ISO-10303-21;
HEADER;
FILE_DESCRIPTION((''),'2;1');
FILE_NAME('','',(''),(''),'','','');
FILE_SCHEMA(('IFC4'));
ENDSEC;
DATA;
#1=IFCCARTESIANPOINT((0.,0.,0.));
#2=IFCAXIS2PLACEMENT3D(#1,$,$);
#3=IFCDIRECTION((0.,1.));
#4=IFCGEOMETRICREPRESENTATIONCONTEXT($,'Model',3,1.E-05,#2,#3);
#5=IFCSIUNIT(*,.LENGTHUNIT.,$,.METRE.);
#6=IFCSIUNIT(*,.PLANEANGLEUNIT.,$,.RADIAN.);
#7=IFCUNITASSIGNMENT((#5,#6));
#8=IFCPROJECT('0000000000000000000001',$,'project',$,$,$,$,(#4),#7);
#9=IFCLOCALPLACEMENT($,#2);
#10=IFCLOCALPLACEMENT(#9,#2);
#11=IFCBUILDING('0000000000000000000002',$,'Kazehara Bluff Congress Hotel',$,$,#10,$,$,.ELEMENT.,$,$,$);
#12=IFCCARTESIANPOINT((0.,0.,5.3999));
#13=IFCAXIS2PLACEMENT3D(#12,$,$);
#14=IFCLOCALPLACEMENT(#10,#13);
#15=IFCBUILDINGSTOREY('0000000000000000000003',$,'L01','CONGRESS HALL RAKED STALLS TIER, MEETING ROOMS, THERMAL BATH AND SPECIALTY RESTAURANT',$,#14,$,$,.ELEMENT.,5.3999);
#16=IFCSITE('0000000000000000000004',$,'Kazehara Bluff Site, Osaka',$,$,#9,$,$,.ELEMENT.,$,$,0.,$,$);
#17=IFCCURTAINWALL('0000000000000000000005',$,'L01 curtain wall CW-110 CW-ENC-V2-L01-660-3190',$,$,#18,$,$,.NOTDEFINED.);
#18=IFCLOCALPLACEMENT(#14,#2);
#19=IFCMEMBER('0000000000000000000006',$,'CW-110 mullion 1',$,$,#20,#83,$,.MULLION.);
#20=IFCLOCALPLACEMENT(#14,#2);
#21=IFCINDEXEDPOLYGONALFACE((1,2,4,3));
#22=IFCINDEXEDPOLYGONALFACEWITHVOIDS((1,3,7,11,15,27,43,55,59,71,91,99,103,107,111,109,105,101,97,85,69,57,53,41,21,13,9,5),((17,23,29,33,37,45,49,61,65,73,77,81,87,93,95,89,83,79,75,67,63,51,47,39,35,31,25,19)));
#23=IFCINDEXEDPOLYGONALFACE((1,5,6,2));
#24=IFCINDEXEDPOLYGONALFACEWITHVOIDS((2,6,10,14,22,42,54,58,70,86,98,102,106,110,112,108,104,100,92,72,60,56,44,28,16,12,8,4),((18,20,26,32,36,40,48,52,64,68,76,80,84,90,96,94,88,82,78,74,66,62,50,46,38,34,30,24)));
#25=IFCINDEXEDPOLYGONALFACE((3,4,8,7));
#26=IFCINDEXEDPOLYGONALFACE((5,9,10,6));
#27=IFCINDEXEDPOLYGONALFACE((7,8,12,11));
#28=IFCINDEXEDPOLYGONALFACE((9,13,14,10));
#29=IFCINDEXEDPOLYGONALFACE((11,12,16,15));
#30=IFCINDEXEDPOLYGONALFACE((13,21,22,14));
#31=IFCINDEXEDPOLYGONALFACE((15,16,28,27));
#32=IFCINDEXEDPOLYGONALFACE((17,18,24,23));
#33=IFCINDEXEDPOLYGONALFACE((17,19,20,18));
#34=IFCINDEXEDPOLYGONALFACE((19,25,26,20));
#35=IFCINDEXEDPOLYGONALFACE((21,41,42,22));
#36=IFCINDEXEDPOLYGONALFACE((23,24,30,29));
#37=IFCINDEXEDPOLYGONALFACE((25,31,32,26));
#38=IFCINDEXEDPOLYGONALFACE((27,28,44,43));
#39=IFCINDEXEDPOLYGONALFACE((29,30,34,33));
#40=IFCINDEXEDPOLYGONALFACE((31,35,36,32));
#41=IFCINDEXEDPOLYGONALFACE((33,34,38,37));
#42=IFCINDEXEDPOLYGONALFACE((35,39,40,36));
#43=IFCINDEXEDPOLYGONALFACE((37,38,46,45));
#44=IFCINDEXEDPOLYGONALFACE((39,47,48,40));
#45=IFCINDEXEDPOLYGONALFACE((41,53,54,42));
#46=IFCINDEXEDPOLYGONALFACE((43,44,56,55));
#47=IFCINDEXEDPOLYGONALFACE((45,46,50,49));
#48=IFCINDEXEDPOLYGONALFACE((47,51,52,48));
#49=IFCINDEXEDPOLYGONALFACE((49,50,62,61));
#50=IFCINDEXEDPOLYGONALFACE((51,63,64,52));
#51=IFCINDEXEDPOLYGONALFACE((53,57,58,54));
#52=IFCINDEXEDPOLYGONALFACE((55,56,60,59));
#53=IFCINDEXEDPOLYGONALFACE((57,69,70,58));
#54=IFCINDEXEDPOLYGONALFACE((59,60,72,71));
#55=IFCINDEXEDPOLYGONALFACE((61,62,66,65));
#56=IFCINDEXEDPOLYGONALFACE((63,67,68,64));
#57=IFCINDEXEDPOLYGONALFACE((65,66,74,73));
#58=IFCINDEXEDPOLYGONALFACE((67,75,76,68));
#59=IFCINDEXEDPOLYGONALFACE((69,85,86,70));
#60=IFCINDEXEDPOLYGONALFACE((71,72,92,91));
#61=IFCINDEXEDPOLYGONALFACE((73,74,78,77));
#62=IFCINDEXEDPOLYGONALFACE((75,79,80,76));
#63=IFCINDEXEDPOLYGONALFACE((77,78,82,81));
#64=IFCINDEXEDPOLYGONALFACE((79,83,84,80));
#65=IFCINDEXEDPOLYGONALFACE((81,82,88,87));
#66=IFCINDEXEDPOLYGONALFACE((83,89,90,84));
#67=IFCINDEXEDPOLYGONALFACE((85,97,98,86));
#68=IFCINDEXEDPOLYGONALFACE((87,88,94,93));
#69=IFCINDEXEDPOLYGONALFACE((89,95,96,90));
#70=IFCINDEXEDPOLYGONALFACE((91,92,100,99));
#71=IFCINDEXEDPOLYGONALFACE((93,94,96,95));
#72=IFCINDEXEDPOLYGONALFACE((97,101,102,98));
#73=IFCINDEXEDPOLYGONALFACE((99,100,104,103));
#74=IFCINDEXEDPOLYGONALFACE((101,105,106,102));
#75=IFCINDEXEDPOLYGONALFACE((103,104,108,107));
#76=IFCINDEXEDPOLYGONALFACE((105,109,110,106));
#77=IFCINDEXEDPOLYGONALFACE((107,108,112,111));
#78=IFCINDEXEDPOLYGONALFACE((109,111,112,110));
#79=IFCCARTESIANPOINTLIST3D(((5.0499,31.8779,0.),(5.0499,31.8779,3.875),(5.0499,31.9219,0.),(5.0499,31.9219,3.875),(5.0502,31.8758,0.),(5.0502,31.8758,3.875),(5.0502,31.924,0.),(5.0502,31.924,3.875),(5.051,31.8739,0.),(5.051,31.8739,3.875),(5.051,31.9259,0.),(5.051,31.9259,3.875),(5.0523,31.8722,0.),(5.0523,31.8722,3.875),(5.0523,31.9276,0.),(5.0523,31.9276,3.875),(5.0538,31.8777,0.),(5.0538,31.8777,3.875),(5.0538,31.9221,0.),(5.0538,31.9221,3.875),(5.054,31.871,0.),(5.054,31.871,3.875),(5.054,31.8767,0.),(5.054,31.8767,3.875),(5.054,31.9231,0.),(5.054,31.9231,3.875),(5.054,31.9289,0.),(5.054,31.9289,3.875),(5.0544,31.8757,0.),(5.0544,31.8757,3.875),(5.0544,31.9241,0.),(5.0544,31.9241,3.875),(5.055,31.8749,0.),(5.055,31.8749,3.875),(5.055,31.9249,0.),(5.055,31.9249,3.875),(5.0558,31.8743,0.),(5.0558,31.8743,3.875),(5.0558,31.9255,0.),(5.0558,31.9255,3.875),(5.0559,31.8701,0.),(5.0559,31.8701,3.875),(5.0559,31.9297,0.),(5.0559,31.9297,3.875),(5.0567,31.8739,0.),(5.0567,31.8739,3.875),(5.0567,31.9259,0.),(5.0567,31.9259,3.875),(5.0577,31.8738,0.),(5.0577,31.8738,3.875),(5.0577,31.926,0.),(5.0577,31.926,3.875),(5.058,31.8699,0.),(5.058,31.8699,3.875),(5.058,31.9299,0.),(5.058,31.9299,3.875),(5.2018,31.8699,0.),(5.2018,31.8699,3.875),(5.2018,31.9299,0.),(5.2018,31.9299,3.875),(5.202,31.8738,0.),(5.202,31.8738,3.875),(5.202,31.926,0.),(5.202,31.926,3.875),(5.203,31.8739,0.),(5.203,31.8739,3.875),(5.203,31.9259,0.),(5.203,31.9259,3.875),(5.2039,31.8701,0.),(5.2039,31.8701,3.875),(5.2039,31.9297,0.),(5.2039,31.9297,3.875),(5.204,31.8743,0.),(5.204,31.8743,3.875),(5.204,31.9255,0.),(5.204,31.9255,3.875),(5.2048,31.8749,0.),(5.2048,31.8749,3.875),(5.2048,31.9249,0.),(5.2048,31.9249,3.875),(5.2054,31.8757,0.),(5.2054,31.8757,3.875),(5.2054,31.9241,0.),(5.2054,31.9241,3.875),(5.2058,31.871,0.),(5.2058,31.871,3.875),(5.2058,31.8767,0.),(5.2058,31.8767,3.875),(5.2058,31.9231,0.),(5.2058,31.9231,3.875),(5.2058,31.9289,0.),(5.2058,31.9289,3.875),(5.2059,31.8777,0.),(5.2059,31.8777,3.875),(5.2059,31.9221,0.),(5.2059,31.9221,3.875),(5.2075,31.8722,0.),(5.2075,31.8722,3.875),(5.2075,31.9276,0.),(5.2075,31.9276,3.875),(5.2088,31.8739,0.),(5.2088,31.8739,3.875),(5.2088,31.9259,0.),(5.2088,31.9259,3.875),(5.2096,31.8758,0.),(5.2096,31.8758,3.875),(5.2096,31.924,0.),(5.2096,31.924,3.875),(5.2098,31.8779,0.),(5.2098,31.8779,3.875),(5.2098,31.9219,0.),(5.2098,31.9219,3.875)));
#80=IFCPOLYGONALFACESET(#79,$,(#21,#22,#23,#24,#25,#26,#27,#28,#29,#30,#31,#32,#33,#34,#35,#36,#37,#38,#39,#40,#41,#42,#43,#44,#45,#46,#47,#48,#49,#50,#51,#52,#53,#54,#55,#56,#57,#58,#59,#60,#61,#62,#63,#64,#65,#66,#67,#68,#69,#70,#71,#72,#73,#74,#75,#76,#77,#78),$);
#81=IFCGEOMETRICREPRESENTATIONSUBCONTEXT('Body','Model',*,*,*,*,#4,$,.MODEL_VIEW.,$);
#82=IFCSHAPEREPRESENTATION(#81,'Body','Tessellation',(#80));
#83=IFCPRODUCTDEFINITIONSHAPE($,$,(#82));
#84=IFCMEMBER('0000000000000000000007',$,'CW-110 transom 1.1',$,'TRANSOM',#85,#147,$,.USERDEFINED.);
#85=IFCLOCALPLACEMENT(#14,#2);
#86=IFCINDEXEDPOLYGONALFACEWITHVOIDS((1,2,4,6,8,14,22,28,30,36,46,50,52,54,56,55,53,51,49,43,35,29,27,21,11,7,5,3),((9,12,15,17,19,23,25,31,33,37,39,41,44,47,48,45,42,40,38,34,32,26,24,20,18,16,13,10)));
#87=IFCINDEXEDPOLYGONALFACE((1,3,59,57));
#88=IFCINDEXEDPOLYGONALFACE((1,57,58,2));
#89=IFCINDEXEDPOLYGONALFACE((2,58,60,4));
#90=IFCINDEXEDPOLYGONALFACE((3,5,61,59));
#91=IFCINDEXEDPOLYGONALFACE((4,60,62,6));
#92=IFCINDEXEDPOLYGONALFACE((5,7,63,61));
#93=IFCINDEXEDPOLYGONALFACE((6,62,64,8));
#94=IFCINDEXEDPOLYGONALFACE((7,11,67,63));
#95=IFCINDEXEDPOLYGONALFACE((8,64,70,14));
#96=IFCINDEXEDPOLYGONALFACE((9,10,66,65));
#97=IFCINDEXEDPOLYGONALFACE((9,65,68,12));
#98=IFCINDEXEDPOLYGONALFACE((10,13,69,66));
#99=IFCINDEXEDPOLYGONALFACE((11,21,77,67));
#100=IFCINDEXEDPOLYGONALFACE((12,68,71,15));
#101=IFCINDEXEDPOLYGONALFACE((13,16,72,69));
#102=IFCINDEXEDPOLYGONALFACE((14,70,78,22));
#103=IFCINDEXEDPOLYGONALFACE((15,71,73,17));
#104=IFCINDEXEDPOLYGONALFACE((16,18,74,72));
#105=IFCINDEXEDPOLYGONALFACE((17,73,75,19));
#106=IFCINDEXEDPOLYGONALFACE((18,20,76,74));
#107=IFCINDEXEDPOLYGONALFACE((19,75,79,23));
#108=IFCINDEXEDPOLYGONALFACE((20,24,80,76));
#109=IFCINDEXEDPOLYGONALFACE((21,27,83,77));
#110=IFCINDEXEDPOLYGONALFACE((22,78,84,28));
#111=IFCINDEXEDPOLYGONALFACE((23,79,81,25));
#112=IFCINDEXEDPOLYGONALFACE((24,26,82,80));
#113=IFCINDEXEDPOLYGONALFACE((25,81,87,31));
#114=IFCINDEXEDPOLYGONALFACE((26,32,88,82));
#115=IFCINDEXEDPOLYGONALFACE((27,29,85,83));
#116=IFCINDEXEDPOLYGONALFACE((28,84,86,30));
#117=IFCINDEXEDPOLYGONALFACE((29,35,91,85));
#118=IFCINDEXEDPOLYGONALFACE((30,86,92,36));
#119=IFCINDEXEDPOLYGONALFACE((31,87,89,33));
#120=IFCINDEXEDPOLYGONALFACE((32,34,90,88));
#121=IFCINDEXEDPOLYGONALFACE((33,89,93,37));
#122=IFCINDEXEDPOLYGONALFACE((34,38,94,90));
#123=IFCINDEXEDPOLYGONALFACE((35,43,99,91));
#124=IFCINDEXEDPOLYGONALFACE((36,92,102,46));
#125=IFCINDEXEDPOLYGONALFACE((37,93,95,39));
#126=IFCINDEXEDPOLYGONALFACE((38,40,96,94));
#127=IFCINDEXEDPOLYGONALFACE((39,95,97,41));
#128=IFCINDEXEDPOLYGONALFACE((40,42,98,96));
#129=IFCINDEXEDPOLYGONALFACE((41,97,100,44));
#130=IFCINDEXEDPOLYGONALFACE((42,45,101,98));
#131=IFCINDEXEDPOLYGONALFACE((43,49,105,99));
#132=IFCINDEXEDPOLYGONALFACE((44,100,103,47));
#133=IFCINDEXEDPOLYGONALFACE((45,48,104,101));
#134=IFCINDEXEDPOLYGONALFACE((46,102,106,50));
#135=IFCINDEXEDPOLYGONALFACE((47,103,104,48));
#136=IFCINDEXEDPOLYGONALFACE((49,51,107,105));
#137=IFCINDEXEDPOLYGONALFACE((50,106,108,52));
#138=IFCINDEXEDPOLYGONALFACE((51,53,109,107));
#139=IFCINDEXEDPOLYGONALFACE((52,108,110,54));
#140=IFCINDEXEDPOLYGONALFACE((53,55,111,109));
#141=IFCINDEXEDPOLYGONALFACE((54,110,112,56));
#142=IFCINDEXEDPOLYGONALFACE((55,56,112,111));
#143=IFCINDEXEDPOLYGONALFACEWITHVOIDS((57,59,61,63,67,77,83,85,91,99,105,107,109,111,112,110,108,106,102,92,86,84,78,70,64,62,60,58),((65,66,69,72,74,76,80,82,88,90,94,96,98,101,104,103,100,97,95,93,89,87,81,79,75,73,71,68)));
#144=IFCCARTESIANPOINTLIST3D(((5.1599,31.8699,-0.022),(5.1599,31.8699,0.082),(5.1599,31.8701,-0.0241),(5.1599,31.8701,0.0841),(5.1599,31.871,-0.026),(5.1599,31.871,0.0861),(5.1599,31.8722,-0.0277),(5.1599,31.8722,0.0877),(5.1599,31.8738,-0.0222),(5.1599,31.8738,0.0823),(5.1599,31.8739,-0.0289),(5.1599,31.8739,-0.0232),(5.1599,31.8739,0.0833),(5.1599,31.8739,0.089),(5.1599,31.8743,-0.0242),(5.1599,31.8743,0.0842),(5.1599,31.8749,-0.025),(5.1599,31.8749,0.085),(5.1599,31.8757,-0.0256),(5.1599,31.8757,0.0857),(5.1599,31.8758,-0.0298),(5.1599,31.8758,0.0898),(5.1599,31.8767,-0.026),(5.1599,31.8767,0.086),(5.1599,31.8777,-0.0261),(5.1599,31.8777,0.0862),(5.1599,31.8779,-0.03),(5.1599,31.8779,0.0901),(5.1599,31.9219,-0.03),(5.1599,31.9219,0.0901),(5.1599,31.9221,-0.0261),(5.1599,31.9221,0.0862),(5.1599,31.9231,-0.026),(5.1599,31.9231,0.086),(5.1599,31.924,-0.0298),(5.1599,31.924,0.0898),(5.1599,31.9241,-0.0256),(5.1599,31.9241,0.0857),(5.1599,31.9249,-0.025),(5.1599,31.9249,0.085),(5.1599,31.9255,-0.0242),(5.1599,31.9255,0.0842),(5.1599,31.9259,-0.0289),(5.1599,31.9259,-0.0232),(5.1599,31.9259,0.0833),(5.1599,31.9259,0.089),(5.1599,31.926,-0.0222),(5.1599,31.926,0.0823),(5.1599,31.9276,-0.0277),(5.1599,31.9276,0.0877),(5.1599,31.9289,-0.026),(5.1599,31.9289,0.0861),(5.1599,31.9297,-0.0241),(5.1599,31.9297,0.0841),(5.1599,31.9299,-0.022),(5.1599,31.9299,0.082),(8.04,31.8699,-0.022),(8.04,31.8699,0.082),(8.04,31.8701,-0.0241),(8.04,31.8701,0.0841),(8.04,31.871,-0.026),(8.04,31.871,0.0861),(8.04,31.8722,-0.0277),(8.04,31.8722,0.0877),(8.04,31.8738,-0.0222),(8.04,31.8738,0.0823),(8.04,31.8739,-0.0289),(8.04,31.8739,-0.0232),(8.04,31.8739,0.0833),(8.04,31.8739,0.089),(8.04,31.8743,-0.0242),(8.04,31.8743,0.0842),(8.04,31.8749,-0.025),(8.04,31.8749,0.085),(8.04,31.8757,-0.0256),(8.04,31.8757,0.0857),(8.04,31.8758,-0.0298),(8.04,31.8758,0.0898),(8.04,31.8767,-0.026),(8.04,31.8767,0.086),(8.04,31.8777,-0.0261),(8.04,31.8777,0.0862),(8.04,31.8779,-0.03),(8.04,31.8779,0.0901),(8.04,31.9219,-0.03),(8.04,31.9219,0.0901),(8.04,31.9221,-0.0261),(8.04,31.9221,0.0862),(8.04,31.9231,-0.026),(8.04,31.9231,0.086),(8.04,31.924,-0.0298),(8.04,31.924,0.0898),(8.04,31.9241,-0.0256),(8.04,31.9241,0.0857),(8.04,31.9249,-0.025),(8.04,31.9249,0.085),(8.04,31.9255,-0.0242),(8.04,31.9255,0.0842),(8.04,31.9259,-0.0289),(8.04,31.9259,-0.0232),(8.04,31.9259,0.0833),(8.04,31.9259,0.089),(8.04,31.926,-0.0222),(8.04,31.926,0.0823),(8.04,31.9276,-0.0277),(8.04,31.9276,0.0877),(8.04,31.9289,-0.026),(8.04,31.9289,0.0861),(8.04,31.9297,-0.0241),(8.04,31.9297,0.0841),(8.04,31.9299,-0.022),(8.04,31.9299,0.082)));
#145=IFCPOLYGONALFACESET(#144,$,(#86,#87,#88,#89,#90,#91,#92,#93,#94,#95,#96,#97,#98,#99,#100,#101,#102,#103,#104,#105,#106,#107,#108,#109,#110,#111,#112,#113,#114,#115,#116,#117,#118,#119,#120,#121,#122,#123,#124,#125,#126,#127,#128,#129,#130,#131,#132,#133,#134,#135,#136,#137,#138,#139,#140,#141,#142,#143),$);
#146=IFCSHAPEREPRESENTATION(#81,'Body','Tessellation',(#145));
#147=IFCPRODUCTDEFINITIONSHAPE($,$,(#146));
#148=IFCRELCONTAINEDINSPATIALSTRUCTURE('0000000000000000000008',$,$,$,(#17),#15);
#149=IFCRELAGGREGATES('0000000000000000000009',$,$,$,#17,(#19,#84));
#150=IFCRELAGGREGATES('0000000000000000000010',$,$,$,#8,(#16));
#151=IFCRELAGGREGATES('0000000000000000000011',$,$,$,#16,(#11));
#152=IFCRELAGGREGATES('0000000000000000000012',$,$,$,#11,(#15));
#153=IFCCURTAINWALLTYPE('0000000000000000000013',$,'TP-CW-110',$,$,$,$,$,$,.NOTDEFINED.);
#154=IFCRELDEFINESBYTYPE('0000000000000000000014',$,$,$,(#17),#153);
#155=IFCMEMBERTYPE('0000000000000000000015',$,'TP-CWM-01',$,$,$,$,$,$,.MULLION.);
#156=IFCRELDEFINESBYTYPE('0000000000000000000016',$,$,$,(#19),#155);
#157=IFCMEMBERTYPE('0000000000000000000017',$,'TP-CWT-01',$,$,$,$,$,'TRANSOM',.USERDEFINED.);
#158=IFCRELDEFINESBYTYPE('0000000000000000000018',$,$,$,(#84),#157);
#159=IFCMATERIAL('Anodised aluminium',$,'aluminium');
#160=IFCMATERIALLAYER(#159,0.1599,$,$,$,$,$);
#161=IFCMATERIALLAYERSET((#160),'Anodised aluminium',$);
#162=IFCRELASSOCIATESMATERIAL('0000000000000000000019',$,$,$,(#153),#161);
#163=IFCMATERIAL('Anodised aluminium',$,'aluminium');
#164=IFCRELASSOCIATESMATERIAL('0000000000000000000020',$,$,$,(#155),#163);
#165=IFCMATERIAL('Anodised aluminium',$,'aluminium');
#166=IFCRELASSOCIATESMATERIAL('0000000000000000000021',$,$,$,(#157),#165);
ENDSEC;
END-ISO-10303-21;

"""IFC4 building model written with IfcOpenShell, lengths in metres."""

from ifc_helpers import new_model, si_unit, direction, frame, origin, origin_2d, place, context, subcontext, project, spatial, hollow_rectangle, extrude, material, layer, layer_set, material_profile, profile_set, type_object, element, aggregate, save


model = new_model("IFC4")

# Units and contexts
model_context = context("Model", 3, precision=1e-05, world=origin(), true_north=direction((0.0, 1.0)))
body_context = subcontext(model_context, "Body", "Model", "MODEL_VIEW")
ifc_project = project(units=[si_unit("LENGTHUNIT", "METRE"), si_unit("PLANEANGLEUNIT", "RADIAN")], contexts=[model_context])

# Site, building, storey
site_placement = place(None, origin())
site = spatial("IfcSite", under=ifc_project, at=site_placement, Name="Kazehara Bluff Site, Osaka", CompositionType="ELEMENT", RefElevation=0.0)
building_placement = place(site_placement, origin())
building = spatial("IfcBuilding", under=site, at=building_placement, Name="Kazehara Bluff Congress Hotel", CompositionType="ELEMENT")
storey_placement = place(building_placement, frame((0.0, 0.0, 5.3999)))
storey = spatial("IfcBuildingStorey", under=building, at=storey_placement, Name="L01", Description="CONGRESS HALL RAKED STALLS TIER, MEETING ROOMS, THERMAL BATH AND SPECIALTY RESTAURANT", CompositionType="ELEMENT", Elevation=5.3999)

# Curtain wall, members
ifc_material_1 = material(Name="Anodised aluminium", Category="aluminium")
ifc_layer_1 = layer(ifc_material_1, 0.1599)
ifc_layer_set_1 = layer_set([ifc_layer_1], Name="Anodised aluminium")
curtain_wall_type = type_object("IfcCurtainWallType", Name="TP-CW-110", PredefinedType="NOTDEFINED", material=ifc_layer_set_1)
curtain_wall_placement = place(storey_placement, origin())
curtain_wall = element("IfcCurtainWall", 1, at=curtain_wall_placement, inside=storey, type_object=curtain_wall_type, Name="L01 curtain wall CW-110 CW-ENC-V2-L01-660-3190", PredefinedType="NOTDEFINED")
ifc_material_2 = material(Name="Anodised aluminium", Category="aluminium")
ifc_material_profile_1 = material_profile(ifc_material_2, hollow_rectangle(XDim=0.0601, YDim=0.1599, WallThickness=0.0039, InnerFilletRadius=0.0039, OuterFilletRadius=0.0081, at=origin_2d()))
ifc_profile_set_1 = profile_set([ifc_material_profile_1], Name="Anodised aluminium")
member_type_1 = type_object("IfcMemberType", Name="TP-CWM-01", PredefinedType="MULLION", material=ifc_profile_set_1)
member_1_placement = place(storey_placement, frame((5.1299, 31.8999, 0.0), z_axis=(0.0, 0.0, 1.0), x_axis=(0.0, 1.0, 0.0)))
member_1 = element("IfcMember", 2, at=member_1_placement, type_object=member_type_1, Name="CW-110 mullion 1", PredefinedType="MULLION", context=body_context, shape_type="SweptSolid", body=[
    extrude(hollow_rectangle(XDim=0.0601, YDim=0.1599, WallThickness=0.0039, InnerFilletRadius=0.0039, OuterFilletRadius=0.0081, at=origin_2d()), origin(), (0.0, 0.0, 1.0), 3.875),
])
ifc_material_3 = material(Name="Anodised aluminium", Category="aluminium")
ifc_material_profile_2 = material_profile(ifc_material_3, hollow_rectangle(XDim=0.0601, YDim=0.1201, WallThickness=0.0039, InnerFilletRadius=0.0039, OuterFilletRadius=0.0081, at=origin_2d()))
ifc_profile_set_2 = profile_set([ifc_material_profile_2], Name="Anodised aluminium")
member_type_2 = type_object("IfcMemberType", Name="TP-CWT-01", ElementType="TRANSOM", PredefinedType="USERDEFINED", material=ifc_profile_set_2)
member_2_placement = place(storey_placement, frame((5.1599, 31.8999, 0.03), z_axis=(1.0, 0.0, 0.0), x_axis=(0.0, 1.0, 0.0)))
member_2 = element("IfcMember", 3, at=member_2_placement, type_object=member_type_2, Name="CW-110 transom 1.1", ObjectType="TRANSOM", PredefinedType="USERDEFINED", context=body_context, shape_type="SweptSolid", body=[
    extrude(hollow_rectangle(XDim=0.0601, YDim=0.1201, WallThickness=0.0039, InnerFilletRadius=0.0039, OuterFilletRadius=0.0081, at=origin_2d()), origin(), (0.0, 0.0, 1.0), 2.8801),
])
aggregate(curtain_wall, [member_1, member_2])

save(model, "model.ifc")
